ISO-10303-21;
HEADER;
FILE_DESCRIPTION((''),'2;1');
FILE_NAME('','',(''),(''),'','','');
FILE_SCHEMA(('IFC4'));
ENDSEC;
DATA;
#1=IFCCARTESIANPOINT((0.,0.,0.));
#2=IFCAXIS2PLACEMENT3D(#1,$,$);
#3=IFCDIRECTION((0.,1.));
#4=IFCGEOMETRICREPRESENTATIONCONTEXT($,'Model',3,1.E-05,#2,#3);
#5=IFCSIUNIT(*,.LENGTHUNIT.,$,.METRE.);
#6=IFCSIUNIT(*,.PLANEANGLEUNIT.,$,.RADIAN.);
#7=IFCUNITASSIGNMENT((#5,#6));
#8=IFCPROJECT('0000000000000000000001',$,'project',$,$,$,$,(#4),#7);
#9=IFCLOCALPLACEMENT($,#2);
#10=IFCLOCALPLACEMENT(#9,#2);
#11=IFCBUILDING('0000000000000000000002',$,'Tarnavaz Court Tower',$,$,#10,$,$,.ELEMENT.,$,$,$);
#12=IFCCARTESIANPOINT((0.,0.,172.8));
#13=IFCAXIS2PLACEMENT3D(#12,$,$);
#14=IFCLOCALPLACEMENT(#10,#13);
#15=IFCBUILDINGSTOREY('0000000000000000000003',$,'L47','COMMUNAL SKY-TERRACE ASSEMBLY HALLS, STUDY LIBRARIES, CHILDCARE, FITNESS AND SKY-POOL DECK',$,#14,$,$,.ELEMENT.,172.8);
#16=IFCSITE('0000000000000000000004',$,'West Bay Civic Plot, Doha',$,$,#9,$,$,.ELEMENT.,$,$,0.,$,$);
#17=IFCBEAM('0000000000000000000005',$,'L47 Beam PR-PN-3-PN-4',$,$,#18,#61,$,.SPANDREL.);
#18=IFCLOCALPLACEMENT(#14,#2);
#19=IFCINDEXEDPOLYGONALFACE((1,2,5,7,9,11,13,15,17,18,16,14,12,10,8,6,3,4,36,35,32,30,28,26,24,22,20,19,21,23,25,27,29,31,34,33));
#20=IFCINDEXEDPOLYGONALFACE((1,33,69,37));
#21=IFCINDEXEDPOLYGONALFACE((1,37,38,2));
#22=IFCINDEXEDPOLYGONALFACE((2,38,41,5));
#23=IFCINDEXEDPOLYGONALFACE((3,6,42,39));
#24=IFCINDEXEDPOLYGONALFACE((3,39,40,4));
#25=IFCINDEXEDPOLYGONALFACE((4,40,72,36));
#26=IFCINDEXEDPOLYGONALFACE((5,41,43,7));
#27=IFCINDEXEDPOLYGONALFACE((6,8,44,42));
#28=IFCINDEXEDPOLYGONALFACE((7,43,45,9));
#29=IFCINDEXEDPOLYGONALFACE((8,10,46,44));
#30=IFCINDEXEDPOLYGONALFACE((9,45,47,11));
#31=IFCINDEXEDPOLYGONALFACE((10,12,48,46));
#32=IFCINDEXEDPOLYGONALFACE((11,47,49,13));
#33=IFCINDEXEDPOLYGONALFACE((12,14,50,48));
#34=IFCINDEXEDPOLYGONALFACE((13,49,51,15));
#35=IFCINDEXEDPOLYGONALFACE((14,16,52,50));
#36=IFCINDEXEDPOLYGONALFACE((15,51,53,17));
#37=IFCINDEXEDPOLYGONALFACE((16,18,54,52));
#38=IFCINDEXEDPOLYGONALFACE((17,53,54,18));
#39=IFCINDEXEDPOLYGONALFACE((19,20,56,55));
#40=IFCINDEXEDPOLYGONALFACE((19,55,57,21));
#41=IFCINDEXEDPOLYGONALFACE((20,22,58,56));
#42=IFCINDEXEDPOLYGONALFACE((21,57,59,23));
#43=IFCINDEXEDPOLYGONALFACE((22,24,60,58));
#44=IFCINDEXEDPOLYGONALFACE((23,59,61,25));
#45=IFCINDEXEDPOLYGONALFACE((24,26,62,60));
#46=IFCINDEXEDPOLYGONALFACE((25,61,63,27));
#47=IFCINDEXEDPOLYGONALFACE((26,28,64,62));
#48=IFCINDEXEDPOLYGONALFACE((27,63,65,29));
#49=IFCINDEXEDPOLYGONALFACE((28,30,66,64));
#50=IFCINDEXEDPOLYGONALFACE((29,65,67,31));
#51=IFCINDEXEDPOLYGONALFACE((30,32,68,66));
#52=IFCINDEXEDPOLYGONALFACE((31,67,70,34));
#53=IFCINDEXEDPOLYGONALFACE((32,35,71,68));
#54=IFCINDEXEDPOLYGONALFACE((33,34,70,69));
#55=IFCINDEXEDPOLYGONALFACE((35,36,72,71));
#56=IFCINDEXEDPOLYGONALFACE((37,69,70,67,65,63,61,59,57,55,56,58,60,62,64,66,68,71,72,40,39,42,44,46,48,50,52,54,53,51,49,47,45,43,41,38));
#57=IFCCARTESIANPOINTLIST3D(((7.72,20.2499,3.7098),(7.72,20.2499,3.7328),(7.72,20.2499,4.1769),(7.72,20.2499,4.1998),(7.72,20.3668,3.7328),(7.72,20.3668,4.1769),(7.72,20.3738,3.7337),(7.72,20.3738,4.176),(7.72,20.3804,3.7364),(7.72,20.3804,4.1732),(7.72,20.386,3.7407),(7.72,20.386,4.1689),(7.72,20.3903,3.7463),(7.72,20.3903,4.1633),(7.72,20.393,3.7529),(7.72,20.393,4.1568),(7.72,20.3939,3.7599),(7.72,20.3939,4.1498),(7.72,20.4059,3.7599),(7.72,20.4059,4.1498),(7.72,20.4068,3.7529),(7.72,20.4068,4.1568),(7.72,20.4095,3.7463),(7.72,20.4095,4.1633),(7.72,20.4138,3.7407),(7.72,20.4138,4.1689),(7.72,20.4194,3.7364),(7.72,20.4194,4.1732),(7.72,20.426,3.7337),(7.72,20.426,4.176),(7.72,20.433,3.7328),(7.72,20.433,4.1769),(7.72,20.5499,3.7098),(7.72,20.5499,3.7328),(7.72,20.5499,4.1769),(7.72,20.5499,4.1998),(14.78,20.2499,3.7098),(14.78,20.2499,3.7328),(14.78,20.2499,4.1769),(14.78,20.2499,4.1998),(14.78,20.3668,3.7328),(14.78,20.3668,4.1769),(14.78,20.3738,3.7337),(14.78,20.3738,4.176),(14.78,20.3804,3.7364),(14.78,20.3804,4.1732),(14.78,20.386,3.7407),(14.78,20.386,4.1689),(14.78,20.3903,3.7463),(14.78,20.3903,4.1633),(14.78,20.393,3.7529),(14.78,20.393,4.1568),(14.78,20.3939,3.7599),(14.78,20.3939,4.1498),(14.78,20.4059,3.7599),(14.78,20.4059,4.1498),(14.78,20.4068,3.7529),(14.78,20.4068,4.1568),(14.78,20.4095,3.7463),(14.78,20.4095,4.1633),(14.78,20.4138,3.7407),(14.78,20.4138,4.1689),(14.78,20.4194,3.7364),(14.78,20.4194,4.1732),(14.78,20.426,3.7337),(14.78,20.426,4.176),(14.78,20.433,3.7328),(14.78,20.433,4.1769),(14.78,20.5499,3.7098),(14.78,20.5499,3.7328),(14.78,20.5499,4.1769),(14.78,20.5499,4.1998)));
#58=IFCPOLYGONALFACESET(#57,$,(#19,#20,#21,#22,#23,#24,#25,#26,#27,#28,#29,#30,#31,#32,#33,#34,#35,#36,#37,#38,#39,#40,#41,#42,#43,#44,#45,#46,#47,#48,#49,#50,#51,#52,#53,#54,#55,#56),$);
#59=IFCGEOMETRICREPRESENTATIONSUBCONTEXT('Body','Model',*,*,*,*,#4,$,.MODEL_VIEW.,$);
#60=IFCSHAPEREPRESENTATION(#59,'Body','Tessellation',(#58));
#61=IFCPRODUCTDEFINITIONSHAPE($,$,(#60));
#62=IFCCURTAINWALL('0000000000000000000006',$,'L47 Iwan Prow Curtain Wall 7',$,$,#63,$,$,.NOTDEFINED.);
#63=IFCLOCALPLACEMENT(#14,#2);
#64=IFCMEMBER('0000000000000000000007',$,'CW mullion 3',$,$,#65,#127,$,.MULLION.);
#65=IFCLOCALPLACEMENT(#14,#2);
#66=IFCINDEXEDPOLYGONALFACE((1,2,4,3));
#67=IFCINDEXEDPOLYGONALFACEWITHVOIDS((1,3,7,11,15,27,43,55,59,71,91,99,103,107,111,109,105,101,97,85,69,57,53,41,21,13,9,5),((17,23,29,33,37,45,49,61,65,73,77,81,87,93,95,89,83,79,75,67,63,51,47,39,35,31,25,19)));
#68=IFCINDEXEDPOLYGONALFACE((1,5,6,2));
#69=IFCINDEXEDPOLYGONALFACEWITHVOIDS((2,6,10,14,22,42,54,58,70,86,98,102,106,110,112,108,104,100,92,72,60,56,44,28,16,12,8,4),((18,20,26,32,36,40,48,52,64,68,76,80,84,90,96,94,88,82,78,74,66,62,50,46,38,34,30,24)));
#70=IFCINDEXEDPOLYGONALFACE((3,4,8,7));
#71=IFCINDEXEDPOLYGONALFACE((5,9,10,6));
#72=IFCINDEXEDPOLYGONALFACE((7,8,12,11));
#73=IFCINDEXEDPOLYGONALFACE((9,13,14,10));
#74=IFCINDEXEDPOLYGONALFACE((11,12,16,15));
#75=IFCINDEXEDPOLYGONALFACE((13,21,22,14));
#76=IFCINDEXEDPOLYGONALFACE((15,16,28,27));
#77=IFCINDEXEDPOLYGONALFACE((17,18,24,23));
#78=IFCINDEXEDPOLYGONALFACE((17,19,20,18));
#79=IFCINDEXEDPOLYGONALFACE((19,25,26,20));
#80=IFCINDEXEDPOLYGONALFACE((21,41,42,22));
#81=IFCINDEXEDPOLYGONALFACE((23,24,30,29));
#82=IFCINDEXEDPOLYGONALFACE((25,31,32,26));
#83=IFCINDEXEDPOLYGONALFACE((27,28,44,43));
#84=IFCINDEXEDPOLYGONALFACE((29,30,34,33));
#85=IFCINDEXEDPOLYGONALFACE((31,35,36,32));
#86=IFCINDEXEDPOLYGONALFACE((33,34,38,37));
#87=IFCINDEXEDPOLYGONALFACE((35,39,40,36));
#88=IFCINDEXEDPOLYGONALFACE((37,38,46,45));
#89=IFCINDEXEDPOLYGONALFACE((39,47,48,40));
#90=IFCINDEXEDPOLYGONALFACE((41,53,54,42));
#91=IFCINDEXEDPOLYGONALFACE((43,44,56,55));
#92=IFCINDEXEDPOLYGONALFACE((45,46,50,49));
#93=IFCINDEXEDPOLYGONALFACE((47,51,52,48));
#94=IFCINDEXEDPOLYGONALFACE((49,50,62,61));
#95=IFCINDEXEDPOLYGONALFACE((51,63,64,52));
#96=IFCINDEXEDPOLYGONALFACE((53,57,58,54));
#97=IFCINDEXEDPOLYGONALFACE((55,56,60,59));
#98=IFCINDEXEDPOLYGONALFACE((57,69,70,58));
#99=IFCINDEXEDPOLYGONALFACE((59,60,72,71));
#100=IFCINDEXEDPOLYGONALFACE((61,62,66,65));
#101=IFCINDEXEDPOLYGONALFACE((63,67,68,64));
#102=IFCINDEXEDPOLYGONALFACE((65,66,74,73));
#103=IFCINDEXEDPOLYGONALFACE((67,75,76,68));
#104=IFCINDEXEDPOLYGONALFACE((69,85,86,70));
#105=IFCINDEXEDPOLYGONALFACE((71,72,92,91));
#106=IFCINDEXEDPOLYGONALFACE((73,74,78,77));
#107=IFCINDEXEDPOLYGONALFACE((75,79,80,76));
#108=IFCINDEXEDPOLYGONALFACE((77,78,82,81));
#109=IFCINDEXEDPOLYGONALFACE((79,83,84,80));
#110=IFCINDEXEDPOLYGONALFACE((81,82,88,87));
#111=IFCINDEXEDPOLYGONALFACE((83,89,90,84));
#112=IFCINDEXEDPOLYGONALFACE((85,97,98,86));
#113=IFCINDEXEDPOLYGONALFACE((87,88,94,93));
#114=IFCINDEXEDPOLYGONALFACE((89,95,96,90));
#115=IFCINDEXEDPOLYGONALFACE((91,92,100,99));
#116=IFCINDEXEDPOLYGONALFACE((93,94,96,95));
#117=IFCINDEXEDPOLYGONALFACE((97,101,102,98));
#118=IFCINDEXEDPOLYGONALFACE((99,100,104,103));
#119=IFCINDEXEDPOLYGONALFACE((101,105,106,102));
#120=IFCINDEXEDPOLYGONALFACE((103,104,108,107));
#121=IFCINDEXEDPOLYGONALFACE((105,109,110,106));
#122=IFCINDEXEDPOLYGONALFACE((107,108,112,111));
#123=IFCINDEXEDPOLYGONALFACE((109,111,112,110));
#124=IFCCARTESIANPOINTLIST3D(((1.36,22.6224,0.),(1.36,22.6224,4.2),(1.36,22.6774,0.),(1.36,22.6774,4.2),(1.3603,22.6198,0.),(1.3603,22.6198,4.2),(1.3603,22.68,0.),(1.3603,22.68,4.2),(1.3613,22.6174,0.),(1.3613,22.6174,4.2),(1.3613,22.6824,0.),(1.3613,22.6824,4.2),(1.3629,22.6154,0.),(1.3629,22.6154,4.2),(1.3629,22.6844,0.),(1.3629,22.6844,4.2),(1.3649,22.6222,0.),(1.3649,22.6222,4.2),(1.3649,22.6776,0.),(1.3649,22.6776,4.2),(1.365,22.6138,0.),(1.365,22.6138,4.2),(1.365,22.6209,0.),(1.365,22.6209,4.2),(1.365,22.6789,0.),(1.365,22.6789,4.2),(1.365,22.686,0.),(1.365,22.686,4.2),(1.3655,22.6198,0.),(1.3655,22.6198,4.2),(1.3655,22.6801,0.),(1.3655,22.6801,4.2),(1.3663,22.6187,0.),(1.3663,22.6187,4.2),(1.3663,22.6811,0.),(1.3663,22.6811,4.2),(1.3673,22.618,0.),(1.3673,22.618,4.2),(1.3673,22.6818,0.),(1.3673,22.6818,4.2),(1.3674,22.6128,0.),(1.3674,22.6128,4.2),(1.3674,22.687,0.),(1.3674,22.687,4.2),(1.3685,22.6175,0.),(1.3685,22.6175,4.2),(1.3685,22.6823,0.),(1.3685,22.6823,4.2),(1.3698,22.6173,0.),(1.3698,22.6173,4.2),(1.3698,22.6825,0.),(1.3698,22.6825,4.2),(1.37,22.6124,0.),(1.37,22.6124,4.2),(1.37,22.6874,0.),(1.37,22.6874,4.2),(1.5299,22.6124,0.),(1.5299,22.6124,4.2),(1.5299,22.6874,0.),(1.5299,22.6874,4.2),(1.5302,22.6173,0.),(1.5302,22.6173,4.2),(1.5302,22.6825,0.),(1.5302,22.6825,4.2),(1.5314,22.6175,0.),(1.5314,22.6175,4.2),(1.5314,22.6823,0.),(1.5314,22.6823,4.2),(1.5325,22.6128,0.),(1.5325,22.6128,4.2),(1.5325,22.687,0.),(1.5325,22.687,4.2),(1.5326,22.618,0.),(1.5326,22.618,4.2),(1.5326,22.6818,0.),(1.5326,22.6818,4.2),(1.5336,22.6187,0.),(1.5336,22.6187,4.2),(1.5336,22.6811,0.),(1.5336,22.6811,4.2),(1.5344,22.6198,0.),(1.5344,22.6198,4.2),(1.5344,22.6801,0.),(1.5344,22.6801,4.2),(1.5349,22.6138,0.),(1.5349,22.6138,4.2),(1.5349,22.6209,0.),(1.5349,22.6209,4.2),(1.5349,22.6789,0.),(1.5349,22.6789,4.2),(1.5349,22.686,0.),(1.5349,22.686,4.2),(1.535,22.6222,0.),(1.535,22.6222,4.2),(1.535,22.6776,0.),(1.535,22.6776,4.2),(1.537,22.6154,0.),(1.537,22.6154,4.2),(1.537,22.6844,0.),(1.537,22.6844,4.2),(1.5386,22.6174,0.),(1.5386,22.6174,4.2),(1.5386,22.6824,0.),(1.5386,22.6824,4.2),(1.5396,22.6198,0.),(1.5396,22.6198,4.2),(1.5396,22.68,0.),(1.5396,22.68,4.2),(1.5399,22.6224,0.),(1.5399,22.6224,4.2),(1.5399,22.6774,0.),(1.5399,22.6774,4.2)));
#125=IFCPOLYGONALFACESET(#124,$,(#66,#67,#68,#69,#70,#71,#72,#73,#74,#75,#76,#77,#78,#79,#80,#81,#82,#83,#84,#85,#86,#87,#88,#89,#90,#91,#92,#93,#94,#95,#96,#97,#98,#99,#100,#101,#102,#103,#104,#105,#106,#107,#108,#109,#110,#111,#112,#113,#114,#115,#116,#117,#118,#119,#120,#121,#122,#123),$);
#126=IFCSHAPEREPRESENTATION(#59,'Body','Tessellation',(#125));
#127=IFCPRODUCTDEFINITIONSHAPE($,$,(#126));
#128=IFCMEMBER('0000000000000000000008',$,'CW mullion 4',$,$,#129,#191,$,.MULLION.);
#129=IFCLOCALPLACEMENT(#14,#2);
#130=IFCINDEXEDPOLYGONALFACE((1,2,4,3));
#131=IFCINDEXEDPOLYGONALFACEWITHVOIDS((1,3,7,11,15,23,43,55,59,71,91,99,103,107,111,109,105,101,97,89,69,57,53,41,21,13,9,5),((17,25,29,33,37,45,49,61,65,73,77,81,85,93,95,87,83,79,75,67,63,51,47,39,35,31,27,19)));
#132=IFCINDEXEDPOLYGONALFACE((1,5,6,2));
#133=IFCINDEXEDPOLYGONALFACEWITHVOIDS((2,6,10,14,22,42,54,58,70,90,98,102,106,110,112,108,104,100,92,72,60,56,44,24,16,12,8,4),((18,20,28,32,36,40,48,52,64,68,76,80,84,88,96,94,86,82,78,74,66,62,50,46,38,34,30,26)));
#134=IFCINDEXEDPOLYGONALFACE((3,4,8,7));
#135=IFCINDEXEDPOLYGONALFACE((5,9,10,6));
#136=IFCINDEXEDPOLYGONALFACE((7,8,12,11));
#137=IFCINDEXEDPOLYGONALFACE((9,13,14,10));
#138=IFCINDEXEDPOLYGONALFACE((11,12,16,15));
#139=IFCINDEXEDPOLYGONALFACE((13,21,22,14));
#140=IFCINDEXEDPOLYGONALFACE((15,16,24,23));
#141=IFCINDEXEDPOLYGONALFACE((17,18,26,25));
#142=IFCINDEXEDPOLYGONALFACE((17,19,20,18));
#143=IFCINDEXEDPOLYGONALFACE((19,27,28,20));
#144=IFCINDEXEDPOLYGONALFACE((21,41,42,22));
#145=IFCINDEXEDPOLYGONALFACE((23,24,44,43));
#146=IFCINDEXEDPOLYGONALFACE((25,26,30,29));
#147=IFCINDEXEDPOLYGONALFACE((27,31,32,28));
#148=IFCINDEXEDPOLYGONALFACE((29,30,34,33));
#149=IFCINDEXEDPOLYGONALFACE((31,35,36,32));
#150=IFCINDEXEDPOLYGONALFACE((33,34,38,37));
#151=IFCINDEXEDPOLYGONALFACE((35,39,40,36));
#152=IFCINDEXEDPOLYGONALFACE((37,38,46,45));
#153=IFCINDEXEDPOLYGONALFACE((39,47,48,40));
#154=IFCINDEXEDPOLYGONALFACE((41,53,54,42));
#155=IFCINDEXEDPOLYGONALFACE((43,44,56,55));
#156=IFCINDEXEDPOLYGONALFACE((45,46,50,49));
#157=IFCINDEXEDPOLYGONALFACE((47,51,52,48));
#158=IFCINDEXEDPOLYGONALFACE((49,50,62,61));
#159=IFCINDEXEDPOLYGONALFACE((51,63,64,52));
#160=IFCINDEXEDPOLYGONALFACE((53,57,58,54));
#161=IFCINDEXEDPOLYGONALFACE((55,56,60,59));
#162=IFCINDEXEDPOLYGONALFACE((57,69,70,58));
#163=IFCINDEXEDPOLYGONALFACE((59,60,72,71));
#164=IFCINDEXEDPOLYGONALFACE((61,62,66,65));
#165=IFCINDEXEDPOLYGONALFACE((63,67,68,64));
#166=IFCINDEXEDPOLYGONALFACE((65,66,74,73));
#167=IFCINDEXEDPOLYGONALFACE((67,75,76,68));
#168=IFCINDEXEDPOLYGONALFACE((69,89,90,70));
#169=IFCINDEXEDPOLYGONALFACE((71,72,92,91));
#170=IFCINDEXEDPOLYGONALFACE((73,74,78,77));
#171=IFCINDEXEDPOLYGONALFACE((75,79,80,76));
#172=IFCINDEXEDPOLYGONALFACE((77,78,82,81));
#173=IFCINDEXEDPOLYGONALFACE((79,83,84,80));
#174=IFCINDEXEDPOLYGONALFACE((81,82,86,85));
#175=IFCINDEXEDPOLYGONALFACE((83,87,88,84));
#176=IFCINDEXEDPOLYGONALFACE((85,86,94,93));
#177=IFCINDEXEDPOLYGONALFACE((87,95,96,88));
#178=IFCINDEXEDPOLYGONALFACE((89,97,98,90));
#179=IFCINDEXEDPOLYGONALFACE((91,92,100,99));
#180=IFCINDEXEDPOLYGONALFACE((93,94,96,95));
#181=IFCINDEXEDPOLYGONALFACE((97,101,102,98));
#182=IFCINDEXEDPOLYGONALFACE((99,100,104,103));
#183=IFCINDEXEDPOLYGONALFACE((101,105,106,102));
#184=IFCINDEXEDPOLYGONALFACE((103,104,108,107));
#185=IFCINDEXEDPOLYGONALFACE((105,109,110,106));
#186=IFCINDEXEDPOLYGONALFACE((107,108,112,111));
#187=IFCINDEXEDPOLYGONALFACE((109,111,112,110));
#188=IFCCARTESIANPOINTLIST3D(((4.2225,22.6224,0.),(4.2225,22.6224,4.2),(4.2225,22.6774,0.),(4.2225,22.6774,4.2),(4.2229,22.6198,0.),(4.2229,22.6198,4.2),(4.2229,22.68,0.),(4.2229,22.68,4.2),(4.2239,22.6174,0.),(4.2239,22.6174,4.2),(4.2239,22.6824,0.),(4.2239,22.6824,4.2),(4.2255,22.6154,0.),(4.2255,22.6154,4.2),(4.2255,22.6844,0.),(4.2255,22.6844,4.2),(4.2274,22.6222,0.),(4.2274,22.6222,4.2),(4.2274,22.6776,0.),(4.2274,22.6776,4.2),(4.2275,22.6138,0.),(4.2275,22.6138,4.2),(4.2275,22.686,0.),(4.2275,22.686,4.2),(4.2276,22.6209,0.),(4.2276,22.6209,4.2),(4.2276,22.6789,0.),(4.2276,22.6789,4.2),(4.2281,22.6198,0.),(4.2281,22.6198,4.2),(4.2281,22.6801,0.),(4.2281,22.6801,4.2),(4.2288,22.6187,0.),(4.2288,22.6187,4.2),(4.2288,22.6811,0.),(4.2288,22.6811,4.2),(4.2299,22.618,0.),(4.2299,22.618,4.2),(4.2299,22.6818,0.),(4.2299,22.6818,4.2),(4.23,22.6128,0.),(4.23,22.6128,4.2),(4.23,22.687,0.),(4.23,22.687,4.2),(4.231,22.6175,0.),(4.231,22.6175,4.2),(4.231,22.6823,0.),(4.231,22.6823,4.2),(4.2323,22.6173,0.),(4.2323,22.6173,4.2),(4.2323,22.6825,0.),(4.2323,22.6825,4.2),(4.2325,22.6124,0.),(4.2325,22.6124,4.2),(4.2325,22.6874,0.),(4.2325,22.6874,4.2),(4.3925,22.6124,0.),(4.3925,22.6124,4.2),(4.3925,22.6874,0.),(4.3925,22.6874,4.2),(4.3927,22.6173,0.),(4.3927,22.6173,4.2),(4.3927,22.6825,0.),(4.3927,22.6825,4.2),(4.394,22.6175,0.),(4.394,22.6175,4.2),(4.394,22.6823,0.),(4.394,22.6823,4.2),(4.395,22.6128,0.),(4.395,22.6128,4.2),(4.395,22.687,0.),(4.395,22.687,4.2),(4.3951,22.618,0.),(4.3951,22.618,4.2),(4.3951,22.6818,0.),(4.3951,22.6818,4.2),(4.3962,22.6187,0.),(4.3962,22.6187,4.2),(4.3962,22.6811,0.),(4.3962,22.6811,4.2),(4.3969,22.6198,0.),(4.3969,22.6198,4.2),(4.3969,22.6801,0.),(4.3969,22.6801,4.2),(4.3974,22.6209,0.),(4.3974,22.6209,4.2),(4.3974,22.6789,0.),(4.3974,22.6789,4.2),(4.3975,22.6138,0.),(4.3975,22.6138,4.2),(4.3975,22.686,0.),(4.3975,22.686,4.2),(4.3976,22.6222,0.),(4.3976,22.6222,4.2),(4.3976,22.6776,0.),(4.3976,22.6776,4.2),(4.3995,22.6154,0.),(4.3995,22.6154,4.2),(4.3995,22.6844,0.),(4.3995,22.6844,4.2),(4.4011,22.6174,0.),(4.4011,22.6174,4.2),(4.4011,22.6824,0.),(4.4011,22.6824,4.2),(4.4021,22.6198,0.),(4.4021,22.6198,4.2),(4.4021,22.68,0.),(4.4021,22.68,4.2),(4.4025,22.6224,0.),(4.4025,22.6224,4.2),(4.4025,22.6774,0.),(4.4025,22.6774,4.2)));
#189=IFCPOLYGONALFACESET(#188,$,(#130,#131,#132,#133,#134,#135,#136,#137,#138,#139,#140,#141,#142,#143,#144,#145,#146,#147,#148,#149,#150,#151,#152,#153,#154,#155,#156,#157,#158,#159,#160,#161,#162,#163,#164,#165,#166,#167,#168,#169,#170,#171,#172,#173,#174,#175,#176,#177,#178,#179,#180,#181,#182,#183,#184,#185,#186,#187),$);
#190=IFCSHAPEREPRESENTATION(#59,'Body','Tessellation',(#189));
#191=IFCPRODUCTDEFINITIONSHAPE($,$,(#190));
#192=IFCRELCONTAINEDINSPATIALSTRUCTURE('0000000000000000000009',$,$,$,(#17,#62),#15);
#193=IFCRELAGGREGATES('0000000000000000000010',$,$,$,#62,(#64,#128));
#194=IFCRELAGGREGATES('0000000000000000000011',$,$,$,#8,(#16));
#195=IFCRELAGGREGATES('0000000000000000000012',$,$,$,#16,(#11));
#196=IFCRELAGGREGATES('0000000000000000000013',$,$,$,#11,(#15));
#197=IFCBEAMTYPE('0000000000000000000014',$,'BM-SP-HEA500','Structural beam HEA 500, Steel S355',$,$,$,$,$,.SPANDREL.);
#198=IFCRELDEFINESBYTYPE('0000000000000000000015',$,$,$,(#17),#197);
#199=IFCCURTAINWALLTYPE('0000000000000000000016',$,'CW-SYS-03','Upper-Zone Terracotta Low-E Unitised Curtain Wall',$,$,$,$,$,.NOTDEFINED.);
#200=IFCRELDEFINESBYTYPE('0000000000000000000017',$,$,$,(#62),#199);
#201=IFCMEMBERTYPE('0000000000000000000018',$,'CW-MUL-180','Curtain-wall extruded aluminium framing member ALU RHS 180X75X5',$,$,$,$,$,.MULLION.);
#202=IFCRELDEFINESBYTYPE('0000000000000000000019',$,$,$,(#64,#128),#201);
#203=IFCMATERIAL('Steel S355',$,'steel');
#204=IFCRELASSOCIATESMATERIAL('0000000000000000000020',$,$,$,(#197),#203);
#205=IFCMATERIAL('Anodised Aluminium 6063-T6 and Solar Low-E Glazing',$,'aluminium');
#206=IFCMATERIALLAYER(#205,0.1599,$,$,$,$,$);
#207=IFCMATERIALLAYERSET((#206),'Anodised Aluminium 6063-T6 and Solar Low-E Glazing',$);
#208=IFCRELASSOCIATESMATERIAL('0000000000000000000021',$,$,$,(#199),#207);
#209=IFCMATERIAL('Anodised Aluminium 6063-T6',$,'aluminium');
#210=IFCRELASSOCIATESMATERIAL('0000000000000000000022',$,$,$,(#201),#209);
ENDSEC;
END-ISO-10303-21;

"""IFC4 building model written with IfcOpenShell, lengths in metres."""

from ifc_helpers import new_model, si_unit, direction, frame, origin, origin_2d, place, context, subcontext, project, spatial, hollow_rectangle, i_section, extrude, material, layer, layer_set, material_profile, profile_set, type_object, element, aggregate, save


model = new_model("IFC4")

# Units and contexts
model_context = context("Model", 3, precision=1e-05, world=origin(), true_north=direction((0.0, 1.0)))
body_context = subcontext(model_context, "Body", "Model", "MODEL_VIEW")
ifc_project = project(units=[si_unit("LENGTHUNIT", "METRE"), si_unit("PLANEANGLEUNIT", "RADIAN")], contexts=[model_context])

# Site, building, storey
site_placement = place(None, origin())
site = spatial("IfcSite", under=ifc_project, at=site_placement, Name="West Bay Civic Plot, Doha", CompositionType="ELEMENT", RefElevation=0.0)
building_placement = place(site_placement, origin())
building = spatial("IfcBuilding", under=site, at=building_placement, Name="Tarnavaz Court Tower", CompositionType="ELEMENT")
storey_placement = place(building_placement, frame((0.0, 0.0, 172.8)))
storey = spatial("IfcBuildingStorey", under=building, at=storey_placement, Name="L47", Description="COMMUNAL SKY-TERRACE ASSEMBLY HALLS, STUDY LIBRARIES, CHILDCARE, FITNESS AND SKY-POOL DECK", CompositionType="ELEMENT", Elevation=172.8)

# Beam
ifc_material_1 = material(Name="Steel S355", Category="steel")
ifc_material_profile_1 = material_profile(ifc_material_1, i_section(OverallWidth=0.3, OverallDepth=0.49, WebThickness=0.012, FlangeThickness=0.0229, FilletRadius=0.0271, at=origin_2d()), Name="HEA 500")
ifc_profile_set_1 = profile_set([ifc_material_profile_1], Name="Steel S355")
beam_type_1 = type_object("IfcBeamType", Name="BM-SP-HEA500", Description="Structural beam HEA 500, Steel S355", PredefinedType="SPANDREL", material=ifc_profile_set_1)
beam_1_placement = place(storey_placement, frame((7.72, 20.3999, 3.9548), z_axis=(1.0, 0.0, 0.0), x_axis=(0.0, 1.0, 0.0)))
element("IfcBeam", 1, at=beam_1_placement, inside=storey, type_object=beam_type_1, Name="L47 Beam PR-PN-3-PN-4", PredefinedType="SPANDREL", context=body_context, shape_type="SweptSolid", body=[
    extrude(i_section(OverallWidth=0.3, OverallDepth=0.49, WebThickness=0.012, FlangeThickness=0.0229, FilletRadius=0.0271, at=origin_2d()), origin(), (0.0, 0.0, 1.0), 7.0601),
])

# Curtain wall, members
ifc_material_2 = material(Name="Anodised Aluminium 6063-T6 and Solar Low-E Glazing", Category="aluminium")
ifc_layer_1 = layer(ifc_material_2, 0.1599)
ifc_layer_set_1 = layer_set([ifc_layer_1], Name="Anodised Aluminium 6063-T6 and Solar Low-E Glazing")
curtain_wall_type = type_object("IfcCurtainWallType", Name="CW-SYS-03", Description="Upper-Zone Terracotta Low-E Unitised Curtain Wall", PredefinedType="NOTDEFINED", material=ifc_layer_set_1)
curtain_wall_placement = place(storey_placement, origin())
curtain_wall = element("IfcCurtainWall", 2, at=curtain_wall_placement, inside=storey, type_object=curtain_wall_type, Name="L47 Iwan Prow Curtain Wall 7", PredefinedType="NOTDEFINED")
ifc_material_3 = material(Name="Anodised Aluminium 6063-T6", Category="aluminium")
ifc_material_profile_2 = material_profile(ifc_material_3, hollow_rectangle(XDim=0.075, YDim=0.1799, WallThickness=0.0049, InnerFilletRadius=0.0049, OuterFilletRadius=0.01, at=origin_2d()), Name="ALU RHS 180X75X5")
ifc_profile_set_2 = profile_set([ifc_material_profile_2], Name="Anodised Aluminium 6063-T6")
member_type_1 = type_object("IfcMemberType", Name="CW-MUL-180", Description="Curtain-wall extruded aluminium framing member ALU RHS 180X75X5", PredefinedType="MULLION", material=ifc_profile_set_2)
member_1_placement = place(storey_placement, frame((1.45, 22.6499, 0.0), z_axis=(0.0, 0.0, 1.0), x_axis=(0.0, 1.0, 0.0)))
member_1 = element("IfcMember", 3, at=member_1_placement, type_object=member_type_1, Name="CW mullion 3", PredefinedType="MULLION", context=body_context, shape_type="SweptSolid", body=[
    extrude(hollow_rectangle(XDim=0.075, YDim=0.1799, WallThickness=0.0049, InnerFilletRadius=0.0049, OuterFilletRadius=0.01, at=origin_2d()), origin(), (0.0, 0.0, 1.0), 4.2),
])
member_2_placement = place(storey_placement, frame((4.3125, 22.6499, 0.0), z_axis=(0.0, 0.0, 1.0), x_axis=(0.0, 1.0, 0.0)))
member_2 = element("IfcMember", 4, at=member_2_placement, type_object=member_type_1, Name="CW mullion 4", PredefinedType="MULLION", context=body_context, shape_type="SweptSolid", body=[
    extrude(hollow_rectangle(XDim=0.075, YDim=0.1799, WallThickness=0.0049, InnerFilletRadius=0.0049, OuterFilletRadius=0.01, at=origin_2d()), origin(), (0.0, 0.0, 1.0), 4.2),
])
aggregate(curtain_wall, [member_1, member_2])

save(model, "model.ifc")
